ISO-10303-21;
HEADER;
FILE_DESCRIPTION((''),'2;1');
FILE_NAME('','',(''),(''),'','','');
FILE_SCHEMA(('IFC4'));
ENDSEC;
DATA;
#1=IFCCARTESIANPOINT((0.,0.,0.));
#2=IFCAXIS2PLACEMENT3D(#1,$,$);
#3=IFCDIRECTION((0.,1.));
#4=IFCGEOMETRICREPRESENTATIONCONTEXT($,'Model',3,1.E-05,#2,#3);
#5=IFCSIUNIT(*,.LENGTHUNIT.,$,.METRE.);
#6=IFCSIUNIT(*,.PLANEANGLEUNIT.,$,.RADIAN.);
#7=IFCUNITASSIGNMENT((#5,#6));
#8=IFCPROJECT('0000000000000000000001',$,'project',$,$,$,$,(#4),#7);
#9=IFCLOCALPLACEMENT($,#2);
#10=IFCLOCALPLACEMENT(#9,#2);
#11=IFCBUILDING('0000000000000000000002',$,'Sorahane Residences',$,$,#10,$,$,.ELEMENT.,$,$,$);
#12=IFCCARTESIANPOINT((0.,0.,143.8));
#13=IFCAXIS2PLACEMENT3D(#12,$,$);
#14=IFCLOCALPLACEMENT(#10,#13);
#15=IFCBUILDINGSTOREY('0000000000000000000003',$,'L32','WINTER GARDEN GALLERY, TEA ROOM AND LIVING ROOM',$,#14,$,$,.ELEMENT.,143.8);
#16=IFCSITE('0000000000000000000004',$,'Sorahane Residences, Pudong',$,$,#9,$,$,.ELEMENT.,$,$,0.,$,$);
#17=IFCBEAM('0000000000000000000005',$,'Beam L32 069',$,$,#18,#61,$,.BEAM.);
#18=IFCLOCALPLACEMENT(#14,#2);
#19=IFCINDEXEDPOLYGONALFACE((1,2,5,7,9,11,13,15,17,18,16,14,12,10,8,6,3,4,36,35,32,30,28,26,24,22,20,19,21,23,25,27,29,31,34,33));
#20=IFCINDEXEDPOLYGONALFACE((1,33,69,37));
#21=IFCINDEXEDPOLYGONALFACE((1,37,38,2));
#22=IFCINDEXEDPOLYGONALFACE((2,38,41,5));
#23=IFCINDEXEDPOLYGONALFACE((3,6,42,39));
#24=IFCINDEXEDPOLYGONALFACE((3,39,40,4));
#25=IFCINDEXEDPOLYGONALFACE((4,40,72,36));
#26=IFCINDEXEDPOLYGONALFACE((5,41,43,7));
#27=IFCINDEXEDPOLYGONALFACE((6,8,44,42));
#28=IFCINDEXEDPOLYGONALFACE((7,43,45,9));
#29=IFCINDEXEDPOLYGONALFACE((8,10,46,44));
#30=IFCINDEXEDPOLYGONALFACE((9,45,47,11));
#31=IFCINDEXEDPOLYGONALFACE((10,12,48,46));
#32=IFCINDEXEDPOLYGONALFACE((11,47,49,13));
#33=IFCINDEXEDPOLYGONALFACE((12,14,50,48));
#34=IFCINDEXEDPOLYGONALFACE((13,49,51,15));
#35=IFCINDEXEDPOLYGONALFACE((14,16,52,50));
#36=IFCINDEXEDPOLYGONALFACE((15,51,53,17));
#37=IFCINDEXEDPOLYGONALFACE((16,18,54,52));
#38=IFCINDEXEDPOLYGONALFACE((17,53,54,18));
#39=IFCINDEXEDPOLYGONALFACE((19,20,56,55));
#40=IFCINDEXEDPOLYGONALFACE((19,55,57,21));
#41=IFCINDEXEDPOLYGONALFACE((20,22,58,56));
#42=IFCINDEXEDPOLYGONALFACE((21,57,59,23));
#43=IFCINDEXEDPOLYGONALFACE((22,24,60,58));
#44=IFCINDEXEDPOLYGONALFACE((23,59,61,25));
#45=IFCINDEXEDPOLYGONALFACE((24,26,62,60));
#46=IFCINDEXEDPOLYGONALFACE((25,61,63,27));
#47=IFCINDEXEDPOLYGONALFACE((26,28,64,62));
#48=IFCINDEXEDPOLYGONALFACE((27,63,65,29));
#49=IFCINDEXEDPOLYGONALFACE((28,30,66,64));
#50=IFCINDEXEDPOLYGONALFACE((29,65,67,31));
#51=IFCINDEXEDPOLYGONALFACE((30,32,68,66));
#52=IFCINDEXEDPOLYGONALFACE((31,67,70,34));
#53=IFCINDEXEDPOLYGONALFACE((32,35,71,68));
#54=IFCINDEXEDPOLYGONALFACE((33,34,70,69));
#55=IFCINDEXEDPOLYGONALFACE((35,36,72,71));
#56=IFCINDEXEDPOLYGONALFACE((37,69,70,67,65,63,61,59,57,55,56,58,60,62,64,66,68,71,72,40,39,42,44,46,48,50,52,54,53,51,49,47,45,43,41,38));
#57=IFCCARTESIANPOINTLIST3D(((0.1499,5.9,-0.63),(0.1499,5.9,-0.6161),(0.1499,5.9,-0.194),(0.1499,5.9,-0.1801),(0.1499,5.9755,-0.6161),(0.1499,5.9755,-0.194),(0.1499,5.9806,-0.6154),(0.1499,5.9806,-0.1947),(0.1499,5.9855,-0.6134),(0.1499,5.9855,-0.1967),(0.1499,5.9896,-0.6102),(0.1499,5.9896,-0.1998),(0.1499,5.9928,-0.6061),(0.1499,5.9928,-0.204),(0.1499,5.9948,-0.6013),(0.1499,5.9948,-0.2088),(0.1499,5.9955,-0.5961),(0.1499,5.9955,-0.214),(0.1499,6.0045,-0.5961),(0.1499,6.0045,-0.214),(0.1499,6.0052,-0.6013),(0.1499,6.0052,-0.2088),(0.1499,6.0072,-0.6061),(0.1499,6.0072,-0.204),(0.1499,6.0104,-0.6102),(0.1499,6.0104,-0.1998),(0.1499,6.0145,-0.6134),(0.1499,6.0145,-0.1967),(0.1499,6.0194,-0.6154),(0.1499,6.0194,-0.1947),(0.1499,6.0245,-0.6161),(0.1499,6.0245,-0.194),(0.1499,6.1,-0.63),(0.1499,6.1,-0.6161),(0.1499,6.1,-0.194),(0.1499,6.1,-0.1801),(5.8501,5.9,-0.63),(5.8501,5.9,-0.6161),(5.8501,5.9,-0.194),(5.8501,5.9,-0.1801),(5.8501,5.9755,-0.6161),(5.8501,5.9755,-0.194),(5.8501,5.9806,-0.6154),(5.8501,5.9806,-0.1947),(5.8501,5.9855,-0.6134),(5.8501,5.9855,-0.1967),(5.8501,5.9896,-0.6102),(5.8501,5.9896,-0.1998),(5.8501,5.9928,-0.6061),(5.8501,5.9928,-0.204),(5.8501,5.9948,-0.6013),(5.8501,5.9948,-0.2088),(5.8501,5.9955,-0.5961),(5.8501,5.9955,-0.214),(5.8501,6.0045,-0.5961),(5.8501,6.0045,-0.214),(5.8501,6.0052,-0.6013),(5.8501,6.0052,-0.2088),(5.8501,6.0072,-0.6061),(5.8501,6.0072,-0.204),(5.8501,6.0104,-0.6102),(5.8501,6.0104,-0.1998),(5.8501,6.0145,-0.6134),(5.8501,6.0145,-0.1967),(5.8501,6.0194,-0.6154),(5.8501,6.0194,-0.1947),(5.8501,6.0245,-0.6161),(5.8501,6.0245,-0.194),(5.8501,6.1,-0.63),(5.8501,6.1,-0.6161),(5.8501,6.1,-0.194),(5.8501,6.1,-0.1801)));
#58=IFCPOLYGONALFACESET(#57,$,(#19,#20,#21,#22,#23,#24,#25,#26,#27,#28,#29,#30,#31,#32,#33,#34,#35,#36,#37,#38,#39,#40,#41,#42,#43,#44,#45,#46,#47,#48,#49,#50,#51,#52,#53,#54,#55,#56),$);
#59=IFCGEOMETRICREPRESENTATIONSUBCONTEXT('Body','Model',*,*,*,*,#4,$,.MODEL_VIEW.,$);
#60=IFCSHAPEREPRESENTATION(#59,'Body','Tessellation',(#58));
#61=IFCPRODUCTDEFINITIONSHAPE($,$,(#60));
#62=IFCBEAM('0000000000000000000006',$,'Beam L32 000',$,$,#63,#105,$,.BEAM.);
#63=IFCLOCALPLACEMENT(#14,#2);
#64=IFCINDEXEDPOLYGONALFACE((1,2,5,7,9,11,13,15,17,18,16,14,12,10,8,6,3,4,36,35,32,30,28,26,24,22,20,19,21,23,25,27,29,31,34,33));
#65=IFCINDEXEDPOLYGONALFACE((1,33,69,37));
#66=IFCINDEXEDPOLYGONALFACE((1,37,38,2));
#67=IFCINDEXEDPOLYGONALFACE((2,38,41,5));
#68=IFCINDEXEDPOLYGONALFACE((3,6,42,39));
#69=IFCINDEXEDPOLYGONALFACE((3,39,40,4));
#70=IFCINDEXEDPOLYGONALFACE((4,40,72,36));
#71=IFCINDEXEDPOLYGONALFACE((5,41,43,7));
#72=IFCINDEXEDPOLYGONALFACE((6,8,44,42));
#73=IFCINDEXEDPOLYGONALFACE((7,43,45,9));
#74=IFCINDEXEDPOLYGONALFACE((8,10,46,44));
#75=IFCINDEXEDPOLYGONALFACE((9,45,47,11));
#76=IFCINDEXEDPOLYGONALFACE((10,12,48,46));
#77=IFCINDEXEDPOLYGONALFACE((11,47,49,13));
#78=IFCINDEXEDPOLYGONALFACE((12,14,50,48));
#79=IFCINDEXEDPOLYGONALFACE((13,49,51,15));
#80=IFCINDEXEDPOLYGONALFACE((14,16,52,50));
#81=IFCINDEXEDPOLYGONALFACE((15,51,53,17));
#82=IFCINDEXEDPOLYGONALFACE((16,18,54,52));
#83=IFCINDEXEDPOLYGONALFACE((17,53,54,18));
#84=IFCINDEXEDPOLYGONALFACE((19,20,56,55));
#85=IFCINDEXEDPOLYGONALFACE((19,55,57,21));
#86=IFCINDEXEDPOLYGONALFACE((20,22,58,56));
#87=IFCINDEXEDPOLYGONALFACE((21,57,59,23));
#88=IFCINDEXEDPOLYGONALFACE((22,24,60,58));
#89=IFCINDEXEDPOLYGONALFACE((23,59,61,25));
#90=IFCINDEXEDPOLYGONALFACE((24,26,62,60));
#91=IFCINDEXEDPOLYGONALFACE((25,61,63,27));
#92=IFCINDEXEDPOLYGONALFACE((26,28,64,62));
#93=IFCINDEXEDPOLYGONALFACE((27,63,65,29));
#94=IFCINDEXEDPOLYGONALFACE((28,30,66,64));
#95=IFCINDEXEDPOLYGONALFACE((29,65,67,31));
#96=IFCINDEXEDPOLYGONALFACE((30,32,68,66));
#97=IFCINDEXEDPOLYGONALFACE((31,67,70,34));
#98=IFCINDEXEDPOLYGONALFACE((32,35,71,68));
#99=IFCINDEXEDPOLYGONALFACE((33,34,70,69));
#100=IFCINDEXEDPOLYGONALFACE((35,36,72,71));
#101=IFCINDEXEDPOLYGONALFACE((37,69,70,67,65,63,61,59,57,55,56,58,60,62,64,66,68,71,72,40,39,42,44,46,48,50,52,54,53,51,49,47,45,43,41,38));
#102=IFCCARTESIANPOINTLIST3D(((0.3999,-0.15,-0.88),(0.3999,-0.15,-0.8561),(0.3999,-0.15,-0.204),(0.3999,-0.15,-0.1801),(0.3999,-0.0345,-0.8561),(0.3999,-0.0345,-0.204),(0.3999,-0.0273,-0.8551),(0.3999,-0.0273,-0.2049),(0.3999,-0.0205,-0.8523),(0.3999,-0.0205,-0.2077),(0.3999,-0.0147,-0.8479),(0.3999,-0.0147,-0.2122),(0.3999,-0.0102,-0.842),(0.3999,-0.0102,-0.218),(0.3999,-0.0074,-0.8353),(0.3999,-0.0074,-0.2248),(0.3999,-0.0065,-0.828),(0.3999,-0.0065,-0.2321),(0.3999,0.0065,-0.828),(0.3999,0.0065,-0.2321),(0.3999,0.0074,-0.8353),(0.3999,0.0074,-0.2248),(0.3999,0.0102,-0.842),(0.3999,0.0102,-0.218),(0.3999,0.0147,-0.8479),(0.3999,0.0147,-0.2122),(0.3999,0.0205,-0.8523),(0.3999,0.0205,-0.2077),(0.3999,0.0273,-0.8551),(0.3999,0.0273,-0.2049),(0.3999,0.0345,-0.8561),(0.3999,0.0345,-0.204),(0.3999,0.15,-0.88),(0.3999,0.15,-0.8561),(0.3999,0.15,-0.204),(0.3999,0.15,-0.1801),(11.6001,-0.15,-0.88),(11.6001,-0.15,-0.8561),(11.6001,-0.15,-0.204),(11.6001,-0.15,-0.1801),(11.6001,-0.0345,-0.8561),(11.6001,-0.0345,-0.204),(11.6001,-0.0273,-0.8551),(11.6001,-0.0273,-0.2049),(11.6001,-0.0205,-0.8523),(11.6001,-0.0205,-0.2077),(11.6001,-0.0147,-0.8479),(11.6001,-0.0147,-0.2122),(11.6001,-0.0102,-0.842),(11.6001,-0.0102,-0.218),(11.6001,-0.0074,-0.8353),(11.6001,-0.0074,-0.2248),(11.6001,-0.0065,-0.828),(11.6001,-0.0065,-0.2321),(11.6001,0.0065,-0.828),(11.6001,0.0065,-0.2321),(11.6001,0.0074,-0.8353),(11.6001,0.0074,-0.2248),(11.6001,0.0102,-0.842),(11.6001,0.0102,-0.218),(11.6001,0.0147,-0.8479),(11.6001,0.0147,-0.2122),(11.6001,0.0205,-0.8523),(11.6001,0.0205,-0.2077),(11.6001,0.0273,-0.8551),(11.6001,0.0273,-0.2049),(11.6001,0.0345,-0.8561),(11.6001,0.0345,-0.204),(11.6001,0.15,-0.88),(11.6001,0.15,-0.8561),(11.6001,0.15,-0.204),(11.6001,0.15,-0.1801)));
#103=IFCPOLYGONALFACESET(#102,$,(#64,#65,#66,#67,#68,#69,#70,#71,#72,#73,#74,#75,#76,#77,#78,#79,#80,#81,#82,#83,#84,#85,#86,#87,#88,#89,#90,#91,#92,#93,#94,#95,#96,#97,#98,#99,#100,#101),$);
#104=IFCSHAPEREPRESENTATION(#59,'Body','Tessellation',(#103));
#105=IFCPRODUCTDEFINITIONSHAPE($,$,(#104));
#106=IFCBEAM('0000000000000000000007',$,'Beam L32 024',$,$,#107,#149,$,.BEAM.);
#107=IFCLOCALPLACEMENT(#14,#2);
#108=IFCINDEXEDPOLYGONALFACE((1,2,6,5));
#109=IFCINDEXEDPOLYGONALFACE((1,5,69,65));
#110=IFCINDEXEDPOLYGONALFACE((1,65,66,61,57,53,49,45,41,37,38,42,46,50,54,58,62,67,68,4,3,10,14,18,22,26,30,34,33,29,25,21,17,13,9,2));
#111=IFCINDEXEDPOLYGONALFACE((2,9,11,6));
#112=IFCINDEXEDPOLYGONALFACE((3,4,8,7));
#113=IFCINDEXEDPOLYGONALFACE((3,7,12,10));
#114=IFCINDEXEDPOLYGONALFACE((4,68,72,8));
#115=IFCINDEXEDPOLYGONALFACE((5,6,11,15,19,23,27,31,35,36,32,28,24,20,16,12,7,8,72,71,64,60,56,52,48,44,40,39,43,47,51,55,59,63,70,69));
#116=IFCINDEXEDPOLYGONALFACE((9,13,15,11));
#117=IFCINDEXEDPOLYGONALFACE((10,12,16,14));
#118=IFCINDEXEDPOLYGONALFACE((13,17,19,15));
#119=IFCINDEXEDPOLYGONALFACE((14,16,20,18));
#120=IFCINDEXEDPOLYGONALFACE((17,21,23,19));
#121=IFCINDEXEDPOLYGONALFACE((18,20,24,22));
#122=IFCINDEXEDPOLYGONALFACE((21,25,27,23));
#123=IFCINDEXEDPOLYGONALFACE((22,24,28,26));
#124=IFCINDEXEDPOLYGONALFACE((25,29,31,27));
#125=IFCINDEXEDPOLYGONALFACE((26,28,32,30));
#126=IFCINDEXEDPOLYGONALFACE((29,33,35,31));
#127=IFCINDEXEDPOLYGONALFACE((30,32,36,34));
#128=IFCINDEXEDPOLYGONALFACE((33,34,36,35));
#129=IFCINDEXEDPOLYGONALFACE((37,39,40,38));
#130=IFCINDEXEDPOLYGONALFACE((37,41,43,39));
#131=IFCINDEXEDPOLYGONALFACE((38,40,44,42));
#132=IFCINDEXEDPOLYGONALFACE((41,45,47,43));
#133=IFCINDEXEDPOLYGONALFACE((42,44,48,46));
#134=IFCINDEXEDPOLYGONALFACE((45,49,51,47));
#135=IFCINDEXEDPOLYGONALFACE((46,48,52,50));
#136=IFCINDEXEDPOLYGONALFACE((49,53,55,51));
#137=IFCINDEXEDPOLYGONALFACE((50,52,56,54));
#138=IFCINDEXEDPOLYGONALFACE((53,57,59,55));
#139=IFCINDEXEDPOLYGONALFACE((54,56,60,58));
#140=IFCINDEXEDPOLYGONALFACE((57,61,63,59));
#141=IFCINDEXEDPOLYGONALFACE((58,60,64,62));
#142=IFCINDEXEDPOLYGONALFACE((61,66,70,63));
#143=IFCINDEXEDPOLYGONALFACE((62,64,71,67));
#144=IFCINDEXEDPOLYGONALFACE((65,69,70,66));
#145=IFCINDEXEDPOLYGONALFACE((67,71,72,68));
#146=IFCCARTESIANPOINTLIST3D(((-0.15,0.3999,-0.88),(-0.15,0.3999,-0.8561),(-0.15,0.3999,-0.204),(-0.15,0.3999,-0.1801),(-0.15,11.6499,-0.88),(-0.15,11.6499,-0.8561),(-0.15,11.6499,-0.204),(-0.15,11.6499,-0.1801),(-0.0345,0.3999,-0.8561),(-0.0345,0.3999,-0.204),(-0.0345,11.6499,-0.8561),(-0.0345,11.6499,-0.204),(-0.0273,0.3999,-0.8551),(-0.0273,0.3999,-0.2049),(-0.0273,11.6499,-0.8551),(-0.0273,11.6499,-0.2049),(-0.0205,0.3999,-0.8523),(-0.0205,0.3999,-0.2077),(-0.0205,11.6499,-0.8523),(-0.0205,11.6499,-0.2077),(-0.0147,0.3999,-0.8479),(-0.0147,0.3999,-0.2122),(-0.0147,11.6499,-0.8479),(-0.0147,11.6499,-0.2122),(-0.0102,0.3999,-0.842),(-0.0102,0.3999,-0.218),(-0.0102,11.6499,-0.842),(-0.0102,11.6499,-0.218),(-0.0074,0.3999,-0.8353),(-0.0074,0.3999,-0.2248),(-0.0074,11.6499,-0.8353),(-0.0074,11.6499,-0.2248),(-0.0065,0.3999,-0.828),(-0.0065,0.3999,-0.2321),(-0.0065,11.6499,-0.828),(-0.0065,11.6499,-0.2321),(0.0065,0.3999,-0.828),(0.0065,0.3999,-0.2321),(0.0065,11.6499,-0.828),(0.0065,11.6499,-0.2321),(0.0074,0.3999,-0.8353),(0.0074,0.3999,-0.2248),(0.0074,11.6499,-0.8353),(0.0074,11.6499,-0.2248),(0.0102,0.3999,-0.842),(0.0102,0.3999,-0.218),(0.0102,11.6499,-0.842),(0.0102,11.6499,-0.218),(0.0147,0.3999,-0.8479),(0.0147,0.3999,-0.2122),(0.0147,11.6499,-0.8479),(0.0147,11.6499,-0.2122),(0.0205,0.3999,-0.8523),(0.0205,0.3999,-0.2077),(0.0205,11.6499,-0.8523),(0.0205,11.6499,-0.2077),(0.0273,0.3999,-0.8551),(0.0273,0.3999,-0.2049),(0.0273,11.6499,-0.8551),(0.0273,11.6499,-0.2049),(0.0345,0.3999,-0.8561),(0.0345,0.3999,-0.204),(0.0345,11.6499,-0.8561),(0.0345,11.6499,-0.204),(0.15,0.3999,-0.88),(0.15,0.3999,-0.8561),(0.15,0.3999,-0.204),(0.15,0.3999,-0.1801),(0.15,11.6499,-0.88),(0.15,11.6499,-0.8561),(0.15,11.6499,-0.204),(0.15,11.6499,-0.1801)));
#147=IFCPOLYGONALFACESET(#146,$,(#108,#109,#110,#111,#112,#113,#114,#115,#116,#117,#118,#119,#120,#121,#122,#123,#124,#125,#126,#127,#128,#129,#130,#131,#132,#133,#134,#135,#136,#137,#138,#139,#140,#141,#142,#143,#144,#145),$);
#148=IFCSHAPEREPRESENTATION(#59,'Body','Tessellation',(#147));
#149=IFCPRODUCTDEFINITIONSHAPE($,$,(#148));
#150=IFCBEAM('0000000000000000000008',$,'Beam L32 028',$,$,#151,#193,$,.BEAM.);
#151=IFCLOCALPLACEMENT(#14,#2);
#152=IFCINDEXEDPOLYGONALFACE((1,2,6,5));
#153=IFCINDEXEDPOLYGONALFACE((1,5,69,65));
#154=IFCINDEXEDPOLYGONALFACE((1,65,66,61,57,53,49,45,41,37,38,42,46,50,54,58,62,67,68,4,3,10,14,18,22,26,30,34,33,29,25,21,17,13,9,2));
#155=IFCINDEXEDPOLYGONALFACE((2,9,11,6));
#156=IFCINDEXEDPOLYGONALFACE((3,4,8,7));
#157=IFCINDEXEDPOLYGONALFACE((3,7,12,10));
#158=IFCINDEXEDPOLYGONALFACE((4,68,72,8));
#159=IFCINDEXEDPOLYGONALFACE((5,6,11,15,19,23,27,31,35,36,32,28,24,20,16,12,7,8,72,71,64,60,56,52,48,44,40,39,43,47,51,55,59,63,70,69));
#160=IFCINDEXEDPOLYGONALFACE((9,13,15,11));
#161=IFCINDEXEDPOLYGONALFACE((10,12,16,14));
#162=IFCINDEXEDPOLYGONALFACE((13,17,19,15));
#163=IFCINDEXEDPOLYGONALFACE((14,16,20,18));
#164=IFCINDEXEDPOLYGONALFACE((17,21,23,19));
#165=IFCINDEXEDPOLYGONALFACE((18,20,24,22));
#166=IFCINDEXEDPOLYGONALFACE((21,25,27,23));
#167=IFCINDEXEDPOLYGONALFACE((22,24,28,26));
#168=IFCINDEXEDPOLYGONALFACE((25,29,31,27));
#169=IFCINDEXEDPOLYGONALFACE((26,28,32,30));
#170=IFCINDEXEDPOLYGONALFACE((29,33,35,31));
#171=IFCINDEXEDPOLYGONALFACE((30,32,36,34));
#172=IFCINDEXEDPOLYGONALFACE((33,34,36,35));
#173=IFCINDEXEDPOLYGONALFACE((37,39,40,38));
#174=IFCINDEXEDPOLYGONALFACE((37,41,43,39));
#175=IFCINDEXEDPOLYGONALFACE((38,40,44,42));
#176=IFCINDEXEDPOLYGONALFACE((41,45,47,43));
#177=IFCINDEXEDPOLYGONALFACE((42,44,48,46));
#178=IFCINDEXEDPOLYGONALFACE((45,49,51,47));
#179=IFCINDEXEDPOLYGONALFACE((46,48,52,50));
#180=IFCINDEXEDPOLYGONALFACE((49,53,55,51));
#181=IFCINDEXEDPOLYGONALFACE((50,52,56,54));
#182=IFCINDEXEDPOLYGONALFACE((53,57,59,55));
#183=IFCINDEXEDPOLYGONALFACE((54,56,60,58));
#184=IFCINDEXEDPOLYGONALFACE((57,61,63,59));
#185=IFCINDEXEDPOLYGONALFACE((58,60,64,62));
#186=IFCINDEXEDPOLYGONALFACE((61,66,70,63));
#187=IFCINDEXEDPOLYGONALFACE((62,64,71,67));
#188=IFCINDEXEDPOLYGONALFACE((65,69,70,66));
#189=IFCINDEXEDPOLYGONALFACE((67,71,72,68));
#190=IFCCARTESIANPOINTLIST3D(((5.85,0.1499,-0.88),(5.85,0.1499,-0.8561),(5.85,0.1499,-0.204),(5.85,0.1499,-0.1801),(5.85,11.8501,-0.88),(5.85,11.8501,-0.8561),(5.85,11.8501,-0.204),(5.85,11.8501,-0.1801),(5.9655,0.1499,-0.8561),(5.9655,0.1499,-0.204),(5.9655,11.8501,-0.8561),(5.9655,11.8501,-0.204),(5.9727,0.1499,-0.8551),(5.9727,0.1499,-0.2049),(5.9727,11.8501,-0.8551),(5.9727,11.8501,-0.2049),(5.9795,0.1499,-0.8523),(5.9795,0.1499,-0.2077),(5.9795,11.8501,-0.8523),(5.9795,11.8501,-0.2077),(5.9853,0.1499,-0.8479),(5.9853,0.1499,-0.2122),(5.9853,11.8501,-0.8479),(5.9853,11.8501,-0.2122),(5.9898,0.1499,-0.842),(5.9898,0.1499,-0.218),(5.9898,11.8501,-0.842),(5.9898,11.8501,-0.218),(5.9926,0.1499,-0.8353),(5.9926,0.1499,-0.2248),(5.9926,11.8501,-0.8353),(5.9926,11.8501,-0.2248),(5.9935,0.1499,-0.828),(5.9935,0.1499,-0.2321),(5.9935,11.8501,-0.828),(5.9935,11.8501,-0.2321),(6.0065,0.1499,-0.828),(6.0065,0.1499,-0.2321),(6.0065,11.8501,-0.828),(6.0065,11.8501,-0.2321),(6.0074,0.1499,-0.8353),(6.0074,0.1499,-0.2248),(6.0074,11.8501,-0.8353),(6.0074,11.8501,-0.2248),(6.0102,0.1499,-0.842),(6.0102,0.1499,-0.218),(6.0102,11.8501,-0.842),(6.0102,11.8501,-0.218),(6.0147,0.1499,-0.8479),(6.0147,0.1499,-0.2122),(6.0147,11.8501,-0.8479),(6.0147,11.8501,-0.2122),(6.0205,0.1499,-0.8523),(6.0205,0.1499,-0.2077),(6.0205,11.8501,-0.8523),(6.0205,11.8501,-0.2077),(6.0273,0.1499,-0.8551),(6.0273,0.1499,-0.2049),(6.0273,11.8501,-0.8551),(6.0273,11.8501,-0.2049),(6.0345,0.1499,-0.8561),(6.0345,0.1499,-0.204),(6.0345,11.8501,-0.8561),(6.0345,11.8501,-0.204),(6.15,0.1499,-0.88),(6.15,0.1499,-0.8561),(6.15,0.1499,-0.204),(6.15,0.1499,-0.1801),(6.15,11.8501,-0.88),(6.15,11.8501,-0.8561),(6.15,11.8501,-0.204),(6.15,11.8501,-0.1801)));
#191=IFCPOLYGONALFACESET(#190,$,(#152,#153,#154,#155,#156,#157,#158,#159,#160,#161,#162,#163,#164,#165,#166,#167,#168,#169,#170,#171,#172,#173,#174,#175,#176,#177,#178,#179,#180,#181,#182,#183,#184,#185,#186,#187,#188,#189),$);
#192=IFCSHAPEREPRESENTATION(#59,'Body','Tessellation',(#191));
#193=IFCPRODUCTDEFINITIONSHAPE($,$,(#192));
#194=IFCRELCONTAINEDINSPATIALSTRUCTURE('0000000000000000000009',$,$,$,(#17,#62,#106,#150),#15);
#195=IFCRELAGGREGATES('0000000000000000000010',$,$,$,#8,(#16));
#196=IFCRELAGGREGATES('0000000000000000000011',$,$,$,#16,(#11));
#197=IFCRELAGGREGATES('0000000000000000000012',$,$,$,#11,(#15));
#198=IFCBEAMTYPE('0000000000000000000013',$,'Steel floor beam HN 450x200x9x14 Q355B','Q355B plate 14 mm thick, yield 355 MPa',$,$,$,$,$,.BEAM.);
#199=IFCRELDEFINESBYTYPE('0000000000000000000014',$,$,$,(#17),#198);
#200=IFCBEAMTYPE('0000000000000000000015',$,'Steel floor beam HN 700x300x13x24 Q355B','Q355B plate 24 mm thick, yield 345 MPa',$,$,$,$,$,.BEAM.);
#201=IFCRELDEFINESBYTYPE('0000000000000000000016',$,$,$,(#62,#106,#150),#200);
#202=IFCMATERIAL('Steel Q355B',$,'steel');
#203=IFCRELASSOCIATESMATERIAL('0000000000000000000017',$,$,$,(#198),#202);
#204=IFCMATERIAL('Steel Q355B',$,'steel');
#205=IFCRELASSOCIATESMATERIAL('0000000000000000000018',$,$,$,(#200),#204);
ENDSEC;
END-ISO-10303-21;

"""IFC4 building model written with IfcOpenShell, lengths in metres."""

from ifc_helpers import new_model, si_unit, direction, frame, origin, origin_2d, place, context, subcontext, project, spatial, i_section, extrude, material, material_profile, profile_set, type_object, element, save


model = new_model("IFC4")

# Units and contexts
model_context = context("Model", 3, precision=1e-05, world=origin(), true_north=direction((0.0, 1.0)))
body_context = subcontext(model_context, "Body", "Model", "MODEL_VIEW")
ifc_project = project(units=[si_unit("LENGTHUNIT", "METRE"), si_unit("PLANEANGLEUNIT", "RADIAN")], contexts=[model_context])

# Site, building, storey
site_placement = place(None, origin())
site = spatial("IfcSite", under=ifc_project, at=site_placement, Name="Sorahane Residences, Pudong", CompositionType="ELEMENT", RefElevation=0.0)
building_placement = place(site_placement, origin())
building = spatial("IfcBuilding", under=site, at=building_placement, Name="Sorahane Residences", CompositionType="ELEMENT")
storey_placement = place(building_placement, frame((0.0, 0.0, 143.8)))
storey = spatial("IfcBuildingStorey", under=building, at=storey_placement, Name="L32", Description="WINTER GARDEN GALLERY, TEA ROOM AND LIVING ROOM", CompositionType="ELEMENT", Elevation=143.8)

# Beams
ifc_material_1 = material(Name="Steel Q355B", Category="steel")
ifc_material_profile_1 = material_profile(ifc_material_1, i_section(OverallWidth=0.2, OverallDepth=0.45, WebThickness=0.009, FlangeThickness=0.0139, FilletRadius=0.02, at=origin_2d()), Name="HN 450x200x9x14")
ifc_profile_set_1 = profile_set([ifc_material_profile_1], Name="Steel Q355B")
beam_type_1 = type_object("IfcBeamType", Name="Steel floor beam HN 450x200x9x14 Q355B", Description="Q355B plate 14 mm thick, yield 355 MPa", PredefinedType="BEAM", material=ifc_profile_set_1)
beam_1_placement = place(storey_placement, frame((0.1499, 6.0, -0.405), z_axis=(1.0, 0.0, 0.0), x_axis=(0.0, 1.0, 0.0)))
element("IfcBeam", 1, at=beam_1_placement, inside=storey, type_object=beam_type_1, Name="Beam L32 069", PredefinedType="BEAM", context=body_context, shape_type="SweptSolid", body=[
    extrude(i_section(OverallWidth=0.2, OverallDepth=0.45, WebThickness=0.009, FlangeThickness=0.0139, FilletRadius=0.02, at=origin_2d()), origin(), (0.0, 0.0, 1.0), 5.7002),
])
ifc_material_2 = material(Name="Steel Q355B", Category="steel")
ifc_material_profile_2 = material_profile(ifc_material_2, i_section(OverallWidth=0.3, OverallDepth=0.7, WebThickness=0.0129, FlangeThickness=0.0239, FilletRadius=0.0281, at=origin_2d()), Name="HN 700x300x13x24")
ifc_profile_set_2 = profile_set([ifc_material_profile_2], Name="Steel Q355B")
beam_type_2 = type_object("IfcBeamType", Name="Steel floor beam HN 700x300x13x24 Q355B", Description="Q355B plate 24 mm thick, yield 345 MPa", PredefinedType="BEAM", material=ifc_profile_set_2)
beam_2_placement = place(storey_placement, frame((0.3999, 0.0, -0.53), z_axis=(1.0, 0.0, 0.0), x_axis=(0.0, 1.0, 0.0)))
element("IfcBeam", 2, at=beam_2_placement, inside=storey, type_object=beam_type_2, Name="Beam L32 000", PredefinedType="BEAM", context=body_context, shape_type="SweptSolid", body=[
    extrude(i_section(OverallWidth=0.3, OverallDepth=0.7, WebThickness=0.0129, FlangeThickness=0.0239, FilletRadius=0.0281, at=origin_2d()), origin(), (0.0, 0.0, 1.0), 11.2002),
])
beam_3_placement = place(storey_placement, frame((0.0, 0.3999, -0.53), z_axis=(0.0, 1.0, 0.0), x_axis=(-1.0, 0.0, 0.0)))
element("IfcBeam", 3, at=beam_3_placement, inside=storey, type_object=beam_type_2, Name="Beam L32 024", PredefinedType="BEAM", context=body_context, shape_type="SweptSolid", body=[
    extrude(i_section(OverallWidth=0.3, OverallDepth=0.7, WebThickness=0.0129, FlangeThickness=0.0239, FilletRadius=0.0281, at=origin_2d()), origin(), (0.0, 0.0, 1.0), 11.25),
])
beam_4_placement = place(storey_placement, frame((6.0, 0.1499, -0.53), z_axis=(0.0, 1.0, 0.0), x_axis=(-1.0, 0.0, 0.0)))
element("IfcBeam", 4, at=beam_4_placement, inside=storey, type_object=beam_type_2, Name="Beam L32 028", PredefinedType="BEAM", context=body_context, shape_type="SweptSolid", body=[
    extrude(i_section(OverallWidth=0.3, OverallDepth=0.7, WebThickness=0.0129, FlangeThickness=0.0239, FilletRadius=0.0281, at=origin_2d()), origin(), (0.0, 0.0, 1.0), 11.7002),
])

save(model, "model.ifc")
